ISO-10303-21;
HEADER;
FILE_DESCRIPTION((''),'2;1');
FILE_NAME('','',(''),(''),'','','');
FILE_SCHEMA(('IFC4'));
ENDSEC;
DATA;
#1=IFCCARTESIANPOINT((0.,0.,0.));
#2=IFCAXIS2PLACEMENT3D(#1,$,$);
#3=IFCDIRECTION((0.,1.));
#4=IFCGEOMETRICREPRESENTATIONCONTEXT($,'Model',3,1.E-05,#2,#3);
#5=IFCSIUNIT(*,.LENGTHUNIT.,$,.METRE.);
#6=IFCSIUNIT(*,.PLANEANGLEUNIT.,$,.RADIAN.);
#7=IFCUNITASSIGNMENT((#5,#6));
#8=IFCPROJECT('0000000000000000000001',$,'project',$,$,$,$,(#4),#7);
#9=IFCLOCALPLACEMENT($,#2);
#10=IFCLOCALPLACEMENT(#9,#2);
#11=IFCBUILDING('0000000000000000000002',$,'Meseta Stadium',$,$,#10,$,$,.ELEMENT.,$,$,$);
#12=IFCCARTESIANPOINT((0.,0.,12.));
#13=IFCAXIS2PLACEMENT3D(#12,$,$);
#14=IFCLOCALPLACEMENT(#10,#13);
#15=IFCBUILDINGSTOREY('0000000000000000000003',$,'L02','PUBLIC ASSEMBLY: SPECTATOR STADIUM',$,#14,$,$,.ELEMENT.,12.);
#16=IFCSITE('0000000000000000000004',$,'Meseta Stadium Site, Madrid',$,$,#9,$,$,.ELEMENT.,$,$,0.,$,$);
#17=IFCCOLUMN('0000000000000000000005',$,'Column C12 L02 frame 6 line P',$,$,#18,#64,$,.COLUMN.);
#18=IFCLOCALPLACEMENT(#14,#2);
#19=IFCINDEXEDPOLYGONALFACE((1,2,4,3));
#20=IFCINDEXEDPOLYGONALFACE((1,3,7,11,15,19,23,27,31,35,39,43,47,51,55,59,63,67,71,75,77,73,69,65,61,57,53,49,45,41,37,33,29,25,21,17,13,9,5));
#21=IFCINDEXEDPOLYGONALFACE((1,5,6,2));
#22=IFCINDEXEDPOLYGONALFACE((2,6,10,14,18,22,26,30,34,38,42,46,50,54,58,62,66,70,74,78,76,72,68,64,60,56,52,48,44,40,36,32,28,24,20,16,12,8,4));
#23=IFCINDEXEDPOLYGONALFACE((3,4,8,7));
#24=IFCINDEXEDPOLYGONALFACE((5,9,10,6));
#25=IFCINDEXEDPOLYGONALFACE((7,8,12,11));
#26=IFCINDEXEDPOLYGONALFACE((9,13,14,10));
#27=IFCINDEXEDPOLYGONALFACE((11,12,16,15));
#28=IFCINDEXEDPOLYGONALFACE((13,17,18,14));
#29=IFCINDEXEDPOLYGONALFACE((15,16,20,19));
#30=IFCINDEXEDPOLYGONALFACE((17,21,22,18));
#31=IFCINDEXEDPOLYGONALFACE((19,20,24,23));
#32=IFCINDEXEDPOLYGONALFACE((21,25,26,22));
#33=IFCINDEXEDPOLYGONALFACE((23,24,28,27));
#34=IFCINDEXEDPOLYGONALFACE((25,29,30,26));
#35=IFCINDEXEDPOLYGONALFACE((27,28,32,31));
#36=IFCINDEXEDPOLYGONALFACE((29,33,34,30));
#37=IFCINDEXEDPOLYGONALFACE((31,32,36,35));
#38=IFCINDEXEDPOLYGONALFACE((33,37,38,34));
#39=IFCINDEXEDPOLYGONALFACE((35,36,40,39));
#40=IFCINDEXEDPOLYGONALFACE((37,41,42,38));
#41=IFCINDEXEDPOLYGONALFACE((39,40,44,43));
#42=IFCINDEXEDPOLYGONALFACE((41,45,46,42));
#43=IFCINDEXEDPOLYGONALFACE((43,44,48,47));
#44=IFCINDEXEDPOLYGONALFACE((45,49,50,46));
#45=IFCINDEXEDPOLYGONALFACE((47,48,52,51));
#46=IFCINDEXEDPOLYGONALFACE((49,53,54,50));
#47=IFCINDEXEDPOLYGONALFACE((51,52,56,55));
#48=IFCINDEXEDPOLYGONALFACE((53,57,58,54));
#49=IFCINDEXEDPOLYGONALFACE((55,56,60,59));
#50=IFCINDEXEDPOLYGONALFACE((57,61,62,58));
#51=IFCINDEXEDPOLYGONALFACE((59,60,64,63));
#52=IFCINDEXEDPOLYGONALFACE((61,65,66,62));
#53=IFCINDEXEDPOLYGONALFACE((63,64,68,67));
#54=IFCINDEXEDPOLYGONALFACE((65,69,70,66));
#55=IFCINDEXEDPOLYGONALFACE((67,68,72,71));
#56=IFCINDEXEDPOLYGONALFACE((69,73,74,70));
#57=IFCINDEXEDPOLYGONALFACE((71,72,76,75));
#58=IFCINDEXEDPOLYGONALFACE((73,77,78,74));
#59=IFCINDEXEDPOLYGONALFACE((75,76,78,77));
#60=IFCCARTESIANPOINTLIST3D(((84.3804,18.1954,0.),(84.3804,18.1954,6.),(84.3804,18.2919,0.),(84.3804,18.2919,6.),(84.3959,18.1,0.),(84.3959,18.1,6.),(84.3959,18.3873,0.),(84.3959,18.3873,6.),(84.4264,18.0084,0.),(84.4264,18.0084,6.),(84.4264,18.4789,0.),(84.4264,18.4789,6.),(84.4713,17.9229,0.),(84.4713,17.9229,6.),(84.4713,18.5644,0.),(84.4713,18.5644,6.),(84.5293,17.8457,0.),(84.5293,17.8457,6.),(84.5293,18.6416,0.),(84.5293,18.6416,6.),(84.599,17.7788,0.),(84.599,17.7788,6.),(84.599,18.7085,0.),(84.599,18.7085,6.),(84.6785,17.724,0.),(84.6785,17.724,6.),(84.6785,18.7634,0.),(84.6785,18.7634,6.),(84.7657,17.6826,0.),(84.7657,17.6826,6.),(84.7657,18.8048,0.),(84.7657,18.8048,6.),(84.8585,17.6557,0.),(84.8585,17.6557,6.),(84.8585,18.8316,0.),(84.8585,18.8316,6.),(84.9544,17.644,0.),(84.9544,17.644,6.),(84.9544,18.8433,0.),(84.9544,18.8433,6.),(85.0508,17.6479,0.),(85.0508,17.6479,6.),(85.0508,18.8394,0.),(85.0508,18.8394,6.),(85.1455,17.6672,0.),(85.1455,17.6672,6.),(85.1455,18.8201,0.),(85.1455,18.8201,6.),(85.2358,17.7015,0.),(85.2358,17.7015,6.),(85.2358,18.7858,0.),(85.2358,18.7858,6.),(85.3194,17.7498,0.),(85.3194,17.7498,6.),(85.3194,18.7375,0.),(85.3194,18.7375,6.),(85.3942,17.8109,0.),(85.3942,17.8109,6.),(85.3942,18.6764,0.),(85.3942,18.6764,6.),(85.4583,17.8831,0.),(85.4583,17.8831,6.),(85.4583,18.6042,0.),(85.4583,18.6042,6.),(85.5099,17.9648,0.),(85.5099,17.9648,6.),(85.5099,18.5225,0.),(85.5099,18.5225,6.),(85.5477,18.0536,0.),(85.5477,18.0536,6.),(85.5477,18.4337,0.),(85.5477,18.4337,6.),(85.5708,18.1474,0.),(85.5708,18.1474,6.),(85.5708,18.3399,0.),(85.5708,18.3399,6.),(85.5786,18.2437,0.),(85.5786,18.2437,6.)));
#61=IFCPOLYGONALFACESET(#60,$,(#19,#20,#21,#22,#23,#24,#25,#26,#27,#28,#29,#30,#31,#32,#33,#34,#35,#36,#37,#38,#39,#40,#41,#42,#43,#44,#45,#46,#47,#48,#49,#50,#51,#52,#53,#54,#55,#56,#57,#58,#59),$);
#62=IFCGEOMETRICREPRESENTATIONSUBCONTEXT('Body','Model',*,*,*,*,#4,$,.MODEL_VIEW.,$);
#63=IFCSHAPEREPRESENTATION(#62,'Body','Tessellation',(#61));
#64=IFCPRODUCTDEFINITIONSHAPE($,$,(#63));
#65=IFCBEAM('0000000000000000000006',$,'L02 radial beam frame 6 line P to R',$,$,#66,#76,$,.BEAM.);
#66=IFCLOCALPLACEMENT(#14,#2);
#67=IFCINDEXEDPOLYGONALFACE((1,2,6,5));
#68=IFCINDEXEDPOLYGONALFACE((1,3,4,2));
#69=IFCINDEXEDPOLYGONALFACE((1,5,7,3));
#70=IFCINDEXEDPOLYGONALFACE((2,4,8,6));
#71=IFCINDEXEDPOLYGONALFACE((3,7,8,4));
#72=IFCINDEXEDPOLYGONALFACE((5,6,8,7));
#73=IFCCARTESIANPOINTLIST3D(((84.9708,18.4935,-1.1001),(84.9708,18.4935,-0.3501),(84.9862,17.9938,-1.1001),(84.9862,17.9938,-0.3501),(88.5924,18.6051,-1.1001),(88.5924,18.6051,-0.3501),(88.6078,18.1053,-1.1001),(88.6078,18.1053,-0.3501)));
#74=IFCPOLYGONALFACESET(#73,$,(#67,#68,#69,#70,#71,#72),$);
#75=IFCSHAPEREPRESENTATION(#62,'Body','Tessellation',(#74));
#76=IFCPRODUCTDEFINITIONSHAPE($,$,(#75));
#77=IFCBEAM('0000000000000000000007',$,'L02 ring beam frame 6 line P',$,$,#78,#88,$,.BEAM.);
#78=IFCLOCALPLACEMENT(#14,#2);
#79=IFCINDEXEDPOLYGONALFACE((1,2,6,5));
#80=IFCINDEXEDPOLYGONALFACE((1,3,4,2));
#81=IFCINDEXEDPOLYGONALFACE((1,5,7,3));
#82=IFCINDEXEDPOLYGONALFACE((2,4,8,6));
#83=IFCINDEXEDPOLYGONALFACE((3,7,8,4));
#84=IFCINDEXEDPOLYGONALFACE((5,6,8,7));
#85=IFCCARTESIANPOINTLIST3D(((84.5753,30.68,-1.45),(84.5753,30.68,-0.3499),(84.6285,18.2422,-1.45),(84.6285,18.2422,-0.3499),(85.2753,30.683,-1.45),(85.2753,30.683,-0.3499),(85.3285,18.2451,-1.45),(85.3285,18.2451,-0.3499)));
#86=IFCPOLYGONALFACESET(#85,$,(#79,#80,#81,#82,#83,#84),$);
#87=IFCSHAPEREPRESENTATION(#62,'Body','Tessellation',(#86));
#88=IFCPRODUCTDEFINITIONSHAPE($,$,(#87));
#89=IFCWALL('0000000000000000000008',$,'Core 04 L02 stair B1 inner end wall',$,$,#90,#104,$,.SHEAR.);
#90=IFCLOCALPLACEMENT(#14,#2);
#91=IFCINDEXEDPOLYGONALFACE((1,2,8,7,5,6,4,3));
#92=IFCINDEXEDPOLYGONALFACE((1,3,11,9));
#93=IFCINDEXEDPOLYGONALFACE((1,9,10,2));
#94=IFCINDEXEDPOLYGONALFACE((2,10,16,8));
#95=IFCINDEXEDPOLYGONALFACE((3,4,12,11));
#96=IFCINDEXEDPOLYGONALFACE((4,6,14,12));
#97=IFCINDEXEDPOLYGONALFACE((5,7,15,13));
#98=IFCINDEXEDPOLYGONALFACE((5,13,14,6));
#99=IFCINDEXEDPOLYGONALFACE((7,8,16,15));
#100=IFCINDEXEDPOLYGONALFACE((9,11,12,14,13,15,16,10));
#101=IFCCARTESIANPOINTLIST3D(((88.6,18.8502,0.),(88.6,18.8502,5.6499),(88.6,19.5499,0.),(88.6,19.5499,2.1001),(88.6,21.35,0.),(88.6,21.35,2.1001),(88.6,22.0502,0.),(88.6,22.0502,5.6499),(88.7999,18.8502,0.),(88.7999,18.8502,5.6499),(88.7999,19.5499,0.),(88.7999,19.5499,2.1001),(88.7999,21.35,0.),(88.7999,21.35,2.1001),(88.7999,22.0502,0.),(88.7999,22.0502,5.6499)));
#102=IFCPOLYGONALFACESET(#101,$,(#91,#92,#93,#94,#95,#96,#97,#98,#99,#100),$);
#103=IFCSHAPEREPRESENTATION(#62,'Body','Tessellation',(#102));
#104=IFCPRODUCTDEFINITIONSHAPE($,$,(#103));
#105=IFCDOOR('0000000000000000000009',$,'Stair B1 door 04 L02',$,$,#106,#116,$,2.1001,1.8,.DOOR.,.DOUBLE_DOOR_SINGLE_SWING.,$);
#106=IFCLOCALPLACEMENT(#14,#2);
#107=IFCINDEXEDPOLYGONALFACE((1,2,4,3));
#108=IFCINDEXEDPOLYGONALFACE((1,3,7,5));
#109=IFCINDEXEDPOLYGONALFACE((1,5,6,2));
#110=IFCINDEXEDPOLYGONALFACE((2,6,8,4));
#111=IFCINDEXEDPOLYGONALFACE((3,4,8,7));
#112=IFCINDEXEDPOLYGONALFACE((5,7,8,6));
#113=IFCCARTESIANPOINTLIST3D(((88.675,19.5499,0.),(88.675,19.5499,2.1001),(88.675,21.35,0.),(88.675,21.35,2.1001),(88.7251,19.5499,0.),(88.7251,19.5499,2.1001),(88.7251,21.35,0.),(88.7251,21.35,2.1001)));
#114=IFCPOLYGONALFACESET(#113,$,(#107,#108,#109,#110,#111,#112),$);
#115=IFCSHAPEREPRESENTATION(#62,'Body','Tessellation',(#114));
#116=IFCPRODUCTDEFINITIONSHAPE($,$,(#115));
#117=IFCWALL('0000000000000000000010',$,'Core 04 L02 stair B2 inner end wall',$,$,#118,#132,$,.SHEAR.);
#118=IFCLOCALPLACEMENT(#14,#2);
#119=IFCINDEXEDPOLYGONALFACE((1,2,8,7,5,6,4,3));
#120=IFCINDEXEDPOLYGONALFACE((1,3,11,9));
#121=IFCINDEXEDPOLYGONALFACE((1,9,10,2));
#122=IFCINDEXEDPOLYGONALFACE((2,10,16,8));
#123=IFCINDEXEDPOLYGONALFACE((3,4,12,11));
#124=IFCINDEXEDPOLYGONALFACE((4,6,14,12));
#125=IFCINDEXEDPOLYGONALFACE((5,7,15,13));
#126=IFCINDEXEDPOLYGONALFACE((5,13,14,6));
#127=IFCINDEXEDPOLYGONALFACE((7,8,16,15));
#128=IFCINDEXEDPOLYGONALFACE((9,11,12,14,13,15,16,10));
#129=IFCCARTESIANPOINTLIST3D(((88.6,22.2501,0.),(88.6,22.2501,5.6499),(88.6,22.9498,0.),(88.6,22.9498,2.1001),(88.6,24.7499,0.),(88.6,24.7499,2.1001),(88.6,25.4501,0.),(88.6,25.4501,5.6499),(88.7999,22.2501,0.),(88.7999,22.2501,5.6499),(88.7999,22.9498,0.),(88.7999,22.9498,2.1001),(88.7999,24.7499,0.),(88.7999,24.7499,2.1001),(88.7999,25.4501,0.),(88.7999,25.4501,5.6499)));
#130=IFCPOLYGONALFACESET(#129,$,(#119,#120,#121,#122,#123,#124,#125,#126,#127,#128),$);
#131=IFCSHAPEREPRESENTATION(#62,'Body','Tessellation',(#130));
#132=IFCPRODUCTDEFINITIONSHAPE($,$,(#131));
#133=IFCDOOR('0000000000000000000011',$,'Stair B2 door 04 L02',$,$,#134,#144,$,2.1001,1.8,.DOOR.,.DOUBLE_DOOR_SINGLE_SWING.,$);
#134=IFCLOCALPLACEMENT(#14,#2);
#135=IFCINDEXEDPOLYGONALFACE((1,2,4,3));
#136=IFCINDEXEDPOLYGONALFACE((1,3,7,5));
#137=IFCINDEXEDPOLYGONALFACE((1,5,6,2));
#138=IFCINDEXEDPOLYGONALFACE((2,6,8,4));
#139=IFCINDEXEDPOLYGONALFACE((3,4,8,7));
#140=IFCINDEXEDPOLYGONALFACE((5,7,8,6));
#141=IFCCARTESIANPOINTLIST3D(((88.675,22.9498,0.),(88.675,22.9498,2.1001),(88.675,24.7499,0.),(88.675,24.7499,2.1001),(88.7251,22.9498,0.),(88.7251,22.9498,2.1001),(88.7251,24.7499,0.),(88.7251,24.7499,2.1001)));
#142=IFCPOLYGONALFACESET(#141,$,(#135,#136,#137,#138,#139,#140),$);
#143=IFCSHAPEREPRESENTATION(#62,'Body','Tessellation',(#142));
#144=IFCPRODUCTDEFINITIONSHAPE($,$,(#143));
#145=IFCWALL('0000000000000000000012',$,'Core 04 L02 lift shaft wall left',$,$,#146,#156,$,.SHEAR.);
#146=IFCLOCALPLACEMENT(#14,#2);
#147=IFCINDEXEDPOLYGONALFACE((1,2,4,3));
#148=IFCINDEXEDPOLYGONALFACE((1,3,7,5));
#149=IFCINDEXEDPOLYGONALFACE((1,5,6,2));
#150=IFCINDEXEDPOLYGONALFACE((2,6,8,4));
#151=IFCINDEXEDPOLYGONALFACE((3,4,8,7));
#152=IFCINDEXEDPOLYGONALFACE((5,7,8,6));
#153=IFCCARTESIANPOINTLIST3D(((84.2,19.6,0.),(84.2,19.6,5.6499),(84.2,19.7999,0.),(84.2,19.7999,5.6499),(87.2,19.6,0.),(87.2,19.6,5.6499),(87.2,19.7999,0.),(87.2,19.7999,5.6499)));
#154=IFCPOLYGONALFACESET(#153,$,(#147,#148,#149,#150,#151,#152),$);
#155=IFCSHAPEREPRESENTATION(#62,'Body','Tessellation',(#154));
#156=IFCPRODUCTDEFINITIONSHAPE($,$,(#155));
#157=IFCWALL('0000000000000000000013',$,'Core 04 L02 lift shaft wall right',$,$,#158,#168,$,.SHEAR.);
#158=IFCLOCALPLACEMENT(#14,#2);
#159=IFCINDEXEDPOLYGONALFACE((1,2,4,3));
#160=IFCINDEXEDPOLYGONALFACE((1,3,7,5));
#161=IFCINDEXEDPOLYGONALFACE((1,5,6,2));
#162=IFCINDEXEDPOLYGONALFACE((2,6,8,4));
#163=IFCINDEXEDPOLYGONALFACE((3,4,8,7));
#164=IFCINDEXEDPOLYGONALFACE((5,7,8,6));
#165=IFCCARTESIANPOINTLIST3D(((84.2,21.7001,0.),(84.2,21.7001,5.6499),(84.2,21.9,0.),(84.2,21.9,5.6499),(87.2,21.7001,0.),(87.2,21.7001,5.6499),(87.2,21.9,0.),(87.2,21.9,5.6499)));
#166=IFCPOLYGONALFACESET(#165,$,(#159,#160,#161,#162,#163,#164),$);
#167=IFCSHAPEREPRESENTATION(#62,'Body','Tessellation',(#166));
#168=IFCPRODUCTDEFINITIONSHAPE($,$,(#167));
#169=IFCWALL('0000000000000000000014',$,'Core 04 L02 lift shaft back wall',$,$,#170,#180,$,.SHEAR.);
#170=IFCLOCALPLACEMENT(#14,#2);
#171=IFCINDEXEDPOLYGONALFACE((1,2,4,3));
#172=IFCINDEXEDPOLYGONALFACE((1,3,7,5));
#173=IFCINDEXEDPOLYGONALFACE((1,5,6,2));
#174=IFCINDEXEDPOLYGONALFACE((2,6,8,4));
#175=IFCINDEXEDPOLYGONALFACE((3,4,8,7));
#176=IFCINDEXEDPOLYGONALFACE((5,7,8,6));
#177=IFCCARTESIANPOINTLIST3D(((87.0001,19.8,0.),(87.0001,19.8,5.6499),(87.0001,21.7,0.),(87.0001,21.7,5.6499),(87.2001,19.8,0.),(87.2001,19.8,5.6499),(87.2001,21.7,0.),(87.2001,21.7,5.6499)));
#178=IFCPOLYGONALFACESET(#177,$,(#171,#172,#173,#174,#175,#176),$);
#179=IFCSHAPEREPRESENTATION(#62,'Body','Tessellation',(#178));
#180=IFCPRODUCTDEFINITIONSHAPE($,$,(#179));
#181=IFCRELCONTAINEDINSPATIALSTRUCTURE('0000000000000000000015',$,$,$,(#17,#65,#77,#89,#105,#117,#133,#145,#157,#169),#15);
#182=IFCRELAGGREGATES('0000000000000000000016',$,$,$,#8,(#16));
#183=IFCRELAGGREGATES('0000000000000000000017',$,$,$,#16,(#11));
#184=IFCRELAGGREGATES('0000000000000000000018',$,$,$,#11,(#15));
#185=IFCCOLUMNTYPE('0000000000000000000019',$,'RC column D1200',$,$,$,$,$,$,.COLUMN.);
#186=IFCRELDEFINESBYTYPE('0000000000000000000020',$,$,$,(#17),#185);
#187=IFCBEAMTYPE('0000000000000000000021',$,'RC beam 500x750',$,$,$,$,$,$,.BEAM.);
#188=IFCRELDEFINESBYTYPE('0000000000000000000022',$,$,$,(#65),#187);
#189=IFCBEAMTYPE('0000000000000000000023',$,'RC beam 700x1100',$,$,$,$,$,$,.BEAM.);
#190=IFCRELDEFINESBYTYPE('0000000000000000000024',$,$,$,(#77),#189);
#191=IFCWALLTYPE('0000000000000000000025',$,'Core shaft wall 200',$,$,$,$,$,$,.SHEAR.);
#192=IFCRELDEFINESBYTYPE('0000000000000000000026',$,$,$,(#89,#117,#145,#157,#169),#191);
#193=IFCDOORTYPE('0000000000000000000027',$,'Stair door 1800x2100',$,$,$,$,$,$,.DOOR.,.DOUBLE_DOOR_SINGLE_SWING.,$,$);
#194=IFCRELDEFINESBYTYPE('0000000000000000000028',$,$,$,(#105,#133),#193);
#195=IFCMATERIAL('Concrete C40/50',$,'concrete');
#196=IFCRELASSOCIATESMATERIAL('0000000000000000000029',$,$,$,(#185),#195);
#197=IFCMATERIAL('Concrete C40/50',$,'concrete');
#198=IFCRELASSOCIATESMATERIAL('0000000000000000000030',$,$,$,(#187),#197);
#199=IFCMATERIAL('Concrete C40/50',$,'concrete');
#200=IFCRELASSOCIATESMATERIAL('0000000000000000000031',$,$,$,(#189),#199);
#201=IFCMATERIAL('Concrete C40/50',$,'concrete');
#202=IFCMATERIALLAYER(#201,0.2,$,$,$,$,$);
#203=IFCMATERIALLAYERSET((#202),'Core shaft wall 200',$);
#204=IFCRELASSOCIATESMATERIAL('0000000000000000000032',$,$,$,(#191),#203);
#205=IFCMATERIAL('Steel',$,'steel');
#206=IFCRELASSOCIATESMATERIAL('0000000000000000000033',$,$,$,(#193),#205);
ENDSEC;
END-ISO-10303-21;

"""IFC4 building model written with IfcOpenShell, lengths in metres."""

from ifc_helpers import new_model, si_unit, direction, frame, frame_2d, origin, origin_2d, place, context, subcontext, project, spatial, rectangle, circle, extrude, material, layer, layer_set, material_profile, profile_set, type_object, element, fill, save


model = new_model("IFC4")

# Units and contexts
model_context = context("Model", 3, precision=1e-05, world=origin(), true_north=direction((0.0, 1.0)))
body_context = subcontext(model_context, "Body", "Model", "MODEL_VIEW")
ifc_project = project(units=[si_unit("LENGTHUNIT", "METRE"), si_unit("PLANEANGLEUNIT", "RADIAN")], contexts=[model_context])

# Site, building, storey
site_placement = place(None, origin())
site = spatial("IfcSite", under=ifc_project, at=site_placement, Name="Meseta Stadium Site, Madrid", CompositionType="ELEMENT", RefElevation=0.0)
building_placement = place(site_placement, origin())
building = spatial("IfcBuilding", under=site, at=building_placement, Name="Meseta Stadium", CompositionType="ELEMENT")
storey_placement = place(building_placement, frame((0.0, 0.0, 12.0)))
storey = spatial("IfcBuildingStorey", under=building, at=storey_placement, Name="L02", Description="PUBLIC ASSEMBLY: SPECTATOR STADIUM", CompositionType="ELEMENT", Elevation=12.0)

# Column
ifc_material_1 = material(Name="Concrete C40/50", Category="concrete")
ifc_material_profile_1 = material_profile(ifc_material_1, circle(Radius=0.6001, at=origin_2d()), Name="RC D1200")
ifc_profile_set_1 = profile_set([ifc_material_profile_1], Name="Concrete C40/50")
column_type = type_object("IfcColumnType", Name="RC column D1200", PredefinedType="COLUMN", material=ifc_profile_set_1)
column_placement = place(storey_placement, frame((84.9785, 18.2437, 0.0), z_axis=(0.0, 0.0, 1.0), x_axis=(1.0, 0.0, 0.0)))
element("IfcColumn", 1, at=column_placement, inside=storey, type_object=column_type, Name="Column C12 L02 frame 6 line P", PredefinedType="COLUMN", context=body_context, shape_type="SweptSolid", body=[
    extrude(circle(Radius=0.6001, at=origin_2d()), origin(), (0.0, 0.0, 1.0), 6.0),
])

# Beams
ifc_material_2 = material(Name="Concrete C40/50", Category="concrete")
ifc_material_profile_2 = material_profile(ifc_material_2, rectangle(XDim=0.5, YDim=0.75, at=origin_2d()), Name="RC 500x750")
ifc_profile_set_2 = profile_set([ifc_material_profile_2], Name="Concrete C40/50")
beam_type_1 = type_object("IfcBeamType", Name="RC beam 500x750", PredefinedType="BEAM", material=ifc_profile_set_2)
beam_1_placement = place(storey_placement, frame((84.9785, 18.2437, -0.7251), z_axis=(0.999526, 0.030793, 0.0), x_axis=(-0.030793, 0.999526, 0.0)))
element("IfcBeam", 2, at=beam_1_placement, inside=storey, type_object=beam_type_1, Name="L02 radial beam frame 6 line P to R", PredefinedType="BEAM", context=body_context, shape_type="SweptSolid", body=[
    extrude(rectangle(XDim=0.5, YDim=0.75, at=origin_2d()), origin(), (0.0, 0.0, 1.0), 3.6233),
])
ifc_material_3 = material(Name="Concrete C40/50", Category="concrete")
ifc_material_profile_3 = material_profile(ifc_material_3, rectangle(XDim=0.7, YDim=1.1001, at=origin_2d()), Name="RC 700x1100")
ifc_profile_set_3 = profile_set([ifc_material_profile_3], Name="Concrete C40/50")
beam_type_2 = type_object("IfcBeamType", Name="RC beam 700x1100", PredefinedType="BEAM", material=ifc_profile_set_3)
beam_2_placement = place(storey_placement, frame((84.9785, 18.2437, -0.8999), z_axis=(-0.004279, 0.999991, 0.0), x_axis=(-0.999991, -0.004279, 0.0)))
element("IfcBeam", 3, at=beam_2_placement, inside=storey, type_object=beam_type_2, Name="L02 ring beam frame 6 line P", PredefinedType="BEAM", context=body_context, shape_type="SweptSolid", body=[
    extrude(rectangle(XDim=0.7, YDim=1.1001, at=origin_2d()), origin(), (0.0, 0.0, 1.0), 12.438),
])

# Walls, openings, doors
ifc_material_4 = material(Name="Concrete C40/50", Category="concrete")
ifc_layer = layer(ifc_material_4, 0.2)
ifc_layer_set = layer_set([ifc_layer], Name="Core shaft wall 200")
wall_type = type_object("IfcWallType", Name="Core shaft wall 200", PredefinedType="SHEAR", material=ifc_layer_set)
wall_1_placement = place(storey_placement, frame((88.7, 18.8501, 0.0), z_axis=(0.0, 0.0, 1.0), x_axis=(0.0, 1.0, 0.0)))
wall_1 = element("IfcWall", 4, at=wall_1_placement, inside=storey, type_object=wall_type, Name="Core 04 L02 stair B1 inner end wall", PredefinedType="SHEAR", context=body_context, shape_type="SweptSolid", body=[
    extrude(rectangle(XDim=3.2, YDim=0.2, at=frame_2d((1.6001, 0.0))), origin(), (0.0, 0.0, 1.0), 5.6499),
])
opening_1_placement = place(wall_1_placement, frame((0.7, 0.0, 0.0)))
opening_1 = element("IfcOpeningElement", 5, at=opening_1_placement, cuts=wall_1, PredefinedType="OPENING", context=body_context, shape_type="SweptSolid", body=[
    extrude(rectangle(XDim=1.8, YDim=2.1001, at=frame_2d((0.8999, 1.05))), frame((0.0, 0.1099, 0.0), z_axis=(0.0, -1.0, 0.0), x_axis=(1.0, 0.0, 0.0)), (0.0, 0.0, 1.0), 0.22),
])
ifc_material_5 = material(Name="Steel", Category="steel")
door_type_1 = type_object("IfcDoorType", Name="Stair door 1800x2100", OperationType="DOUBLE_DOOR_SINGLE_SWING", PredefinedType="DOOR", material=ifc_material_5)
door_1_placement = place(opening_1_placement, origin())
door_1 = element("IfcDoor", 6, at=door_1_placement, inside=storey, type_object=door_type_1, Name="Stair B1 door 04 L02", OperationType="DOUBLE_DOOR_SINGLE_SWING", OverallHeight=2.1001, OverallWidth=1.8, PredefinedType="DOOR", context=body_context, shape_type="SweptSolid", body=[
    extrude(rectangle(XDim=1.8, YDim=2.1001, at=frame_2d((0.8999, 1.05))), frame((0.0, 0.0249, 0.0), z_axis=(0.0, -1.0, 0.0), x_axis=(1.0, 0.0, 0.0)), (0.0, 0.0, 1.0), 0.05),
])
fill(opening_1, door_1)
wall_2_placement = place(storey_placement, frame((88.7, 22.25, 0.0), z_axis=(0.0, 0.0, 1.0), x_axis=(0.0, 1.0, 0.0)))
wall_2 = element("IfcWall", 7, at=wall_2_placement, inside=storey, type_object=wall_type, Name="Core 04 L02 stair B2 inner end wall", PredefinedType="SHEAR", context=body_context, shape_type="SweptSolid", body=[
    extrude(rectangle(XDim=3.2, YDim=0.2, at=frame_2d((1.6001, 0.0))), origin(), (0.0, 0.0, 1.0), 5.6499),
])
opening_2_placement = place(wall_2_placement, frame((0.7, 0.0, 0.0)))
opening_2 = element("IfcOpeningElement", 8, at=opening_2_placement, cuts=wall_2, PredefinedType="OPENING", context=body_context, shape_type="SweptSolid", body=[
    extrude(rectangle(XDim=1.8, YDim=2.1001, at=frame_2d((0.8999, 1.05))), frame((0.0, 0.1099, 0.0), z_axis=(0.0, -1.0, 0.0), x_axis=(1.0, 0.0, 0.0)), (0.0, 0.0, 1.0), 0.22),
])
door_2_placement = place(opening_2_placement, origin())
door_2 = element("IfcDoor", 9, at=door_2_placement, inside=storey, type_object=door_type_1, Name="Stair B2 door 04 L02", OperationType="DOUBLE_DOOR_SINGLE_SWING", OverallHeight=2.1001, OverallWidth=1.8, PredefinedType="DOOR", context=body_context, shape_type="SweptSolid", body=[
    extrude(rectangle(XDim=1.8, YDim=2.1001, at=frame_2d((0.8999, 1.05))), frame((0.0, 0.0249, 0.0), z_axis=(0.0, -1.0, 0.0), x_axis=(1.0, 0.0, 0.0)), (0.0, 0.0, 1.0), 0.05),
])
fill(opening_2, door_2)

# Walls
for number, where, z_axis, x_axis, name in (
    (10, (87.2, 19.7, 0.0), (0.0, 0.0, 1.0), (-1.0, 0.0, 0.0), "Core 04 L02 lift shaft wall left"),
    (11, (87.2, 21.8, 0.0), (0.0, 0.0, 1.0), (-1.0, 0.0, 0.0), "Core 04 L02 lift shaft wall right"),
):
    element("IfcWall", number, at=place(storey_placement, frame(where, z_axis=z_axis, x_axis=x_axis)), inside=storey, type_object=wall_type, Name=name, PredefinedType="SHEAR", context=body_context, shape_type="SweptSolid", body=[
        extrude(rectangle(XDim=3.0, YDim=0.2, at=frame_2d((1.5, 0.0))), origin(), (0.0, 0.0, 1.0), 5.6499),
    ])
wall_3_placement = place(storey_placement, frame((87.1001, 19.8, 0.0), z_axis=(0.0, 0.0, 1.0), x_axis=(0.0, 1.0, 0.0)))
element("IfcWall", 12, at=wall_3_placement, inside=storey, type_object=wall_type, Name="Core 04 L02 lift shaft back wall", PredefinedType="SHEAR", context=body_context, shape_type="SweptSolid", body=[
    extrude(rectangle(XDim=1.8999, YDim=0.2, at=frame_2d((0.95, 0.0))), origin(), (0.0, 0.0, 1.0), 5.6499),
])

save(model, "model.ifc")
